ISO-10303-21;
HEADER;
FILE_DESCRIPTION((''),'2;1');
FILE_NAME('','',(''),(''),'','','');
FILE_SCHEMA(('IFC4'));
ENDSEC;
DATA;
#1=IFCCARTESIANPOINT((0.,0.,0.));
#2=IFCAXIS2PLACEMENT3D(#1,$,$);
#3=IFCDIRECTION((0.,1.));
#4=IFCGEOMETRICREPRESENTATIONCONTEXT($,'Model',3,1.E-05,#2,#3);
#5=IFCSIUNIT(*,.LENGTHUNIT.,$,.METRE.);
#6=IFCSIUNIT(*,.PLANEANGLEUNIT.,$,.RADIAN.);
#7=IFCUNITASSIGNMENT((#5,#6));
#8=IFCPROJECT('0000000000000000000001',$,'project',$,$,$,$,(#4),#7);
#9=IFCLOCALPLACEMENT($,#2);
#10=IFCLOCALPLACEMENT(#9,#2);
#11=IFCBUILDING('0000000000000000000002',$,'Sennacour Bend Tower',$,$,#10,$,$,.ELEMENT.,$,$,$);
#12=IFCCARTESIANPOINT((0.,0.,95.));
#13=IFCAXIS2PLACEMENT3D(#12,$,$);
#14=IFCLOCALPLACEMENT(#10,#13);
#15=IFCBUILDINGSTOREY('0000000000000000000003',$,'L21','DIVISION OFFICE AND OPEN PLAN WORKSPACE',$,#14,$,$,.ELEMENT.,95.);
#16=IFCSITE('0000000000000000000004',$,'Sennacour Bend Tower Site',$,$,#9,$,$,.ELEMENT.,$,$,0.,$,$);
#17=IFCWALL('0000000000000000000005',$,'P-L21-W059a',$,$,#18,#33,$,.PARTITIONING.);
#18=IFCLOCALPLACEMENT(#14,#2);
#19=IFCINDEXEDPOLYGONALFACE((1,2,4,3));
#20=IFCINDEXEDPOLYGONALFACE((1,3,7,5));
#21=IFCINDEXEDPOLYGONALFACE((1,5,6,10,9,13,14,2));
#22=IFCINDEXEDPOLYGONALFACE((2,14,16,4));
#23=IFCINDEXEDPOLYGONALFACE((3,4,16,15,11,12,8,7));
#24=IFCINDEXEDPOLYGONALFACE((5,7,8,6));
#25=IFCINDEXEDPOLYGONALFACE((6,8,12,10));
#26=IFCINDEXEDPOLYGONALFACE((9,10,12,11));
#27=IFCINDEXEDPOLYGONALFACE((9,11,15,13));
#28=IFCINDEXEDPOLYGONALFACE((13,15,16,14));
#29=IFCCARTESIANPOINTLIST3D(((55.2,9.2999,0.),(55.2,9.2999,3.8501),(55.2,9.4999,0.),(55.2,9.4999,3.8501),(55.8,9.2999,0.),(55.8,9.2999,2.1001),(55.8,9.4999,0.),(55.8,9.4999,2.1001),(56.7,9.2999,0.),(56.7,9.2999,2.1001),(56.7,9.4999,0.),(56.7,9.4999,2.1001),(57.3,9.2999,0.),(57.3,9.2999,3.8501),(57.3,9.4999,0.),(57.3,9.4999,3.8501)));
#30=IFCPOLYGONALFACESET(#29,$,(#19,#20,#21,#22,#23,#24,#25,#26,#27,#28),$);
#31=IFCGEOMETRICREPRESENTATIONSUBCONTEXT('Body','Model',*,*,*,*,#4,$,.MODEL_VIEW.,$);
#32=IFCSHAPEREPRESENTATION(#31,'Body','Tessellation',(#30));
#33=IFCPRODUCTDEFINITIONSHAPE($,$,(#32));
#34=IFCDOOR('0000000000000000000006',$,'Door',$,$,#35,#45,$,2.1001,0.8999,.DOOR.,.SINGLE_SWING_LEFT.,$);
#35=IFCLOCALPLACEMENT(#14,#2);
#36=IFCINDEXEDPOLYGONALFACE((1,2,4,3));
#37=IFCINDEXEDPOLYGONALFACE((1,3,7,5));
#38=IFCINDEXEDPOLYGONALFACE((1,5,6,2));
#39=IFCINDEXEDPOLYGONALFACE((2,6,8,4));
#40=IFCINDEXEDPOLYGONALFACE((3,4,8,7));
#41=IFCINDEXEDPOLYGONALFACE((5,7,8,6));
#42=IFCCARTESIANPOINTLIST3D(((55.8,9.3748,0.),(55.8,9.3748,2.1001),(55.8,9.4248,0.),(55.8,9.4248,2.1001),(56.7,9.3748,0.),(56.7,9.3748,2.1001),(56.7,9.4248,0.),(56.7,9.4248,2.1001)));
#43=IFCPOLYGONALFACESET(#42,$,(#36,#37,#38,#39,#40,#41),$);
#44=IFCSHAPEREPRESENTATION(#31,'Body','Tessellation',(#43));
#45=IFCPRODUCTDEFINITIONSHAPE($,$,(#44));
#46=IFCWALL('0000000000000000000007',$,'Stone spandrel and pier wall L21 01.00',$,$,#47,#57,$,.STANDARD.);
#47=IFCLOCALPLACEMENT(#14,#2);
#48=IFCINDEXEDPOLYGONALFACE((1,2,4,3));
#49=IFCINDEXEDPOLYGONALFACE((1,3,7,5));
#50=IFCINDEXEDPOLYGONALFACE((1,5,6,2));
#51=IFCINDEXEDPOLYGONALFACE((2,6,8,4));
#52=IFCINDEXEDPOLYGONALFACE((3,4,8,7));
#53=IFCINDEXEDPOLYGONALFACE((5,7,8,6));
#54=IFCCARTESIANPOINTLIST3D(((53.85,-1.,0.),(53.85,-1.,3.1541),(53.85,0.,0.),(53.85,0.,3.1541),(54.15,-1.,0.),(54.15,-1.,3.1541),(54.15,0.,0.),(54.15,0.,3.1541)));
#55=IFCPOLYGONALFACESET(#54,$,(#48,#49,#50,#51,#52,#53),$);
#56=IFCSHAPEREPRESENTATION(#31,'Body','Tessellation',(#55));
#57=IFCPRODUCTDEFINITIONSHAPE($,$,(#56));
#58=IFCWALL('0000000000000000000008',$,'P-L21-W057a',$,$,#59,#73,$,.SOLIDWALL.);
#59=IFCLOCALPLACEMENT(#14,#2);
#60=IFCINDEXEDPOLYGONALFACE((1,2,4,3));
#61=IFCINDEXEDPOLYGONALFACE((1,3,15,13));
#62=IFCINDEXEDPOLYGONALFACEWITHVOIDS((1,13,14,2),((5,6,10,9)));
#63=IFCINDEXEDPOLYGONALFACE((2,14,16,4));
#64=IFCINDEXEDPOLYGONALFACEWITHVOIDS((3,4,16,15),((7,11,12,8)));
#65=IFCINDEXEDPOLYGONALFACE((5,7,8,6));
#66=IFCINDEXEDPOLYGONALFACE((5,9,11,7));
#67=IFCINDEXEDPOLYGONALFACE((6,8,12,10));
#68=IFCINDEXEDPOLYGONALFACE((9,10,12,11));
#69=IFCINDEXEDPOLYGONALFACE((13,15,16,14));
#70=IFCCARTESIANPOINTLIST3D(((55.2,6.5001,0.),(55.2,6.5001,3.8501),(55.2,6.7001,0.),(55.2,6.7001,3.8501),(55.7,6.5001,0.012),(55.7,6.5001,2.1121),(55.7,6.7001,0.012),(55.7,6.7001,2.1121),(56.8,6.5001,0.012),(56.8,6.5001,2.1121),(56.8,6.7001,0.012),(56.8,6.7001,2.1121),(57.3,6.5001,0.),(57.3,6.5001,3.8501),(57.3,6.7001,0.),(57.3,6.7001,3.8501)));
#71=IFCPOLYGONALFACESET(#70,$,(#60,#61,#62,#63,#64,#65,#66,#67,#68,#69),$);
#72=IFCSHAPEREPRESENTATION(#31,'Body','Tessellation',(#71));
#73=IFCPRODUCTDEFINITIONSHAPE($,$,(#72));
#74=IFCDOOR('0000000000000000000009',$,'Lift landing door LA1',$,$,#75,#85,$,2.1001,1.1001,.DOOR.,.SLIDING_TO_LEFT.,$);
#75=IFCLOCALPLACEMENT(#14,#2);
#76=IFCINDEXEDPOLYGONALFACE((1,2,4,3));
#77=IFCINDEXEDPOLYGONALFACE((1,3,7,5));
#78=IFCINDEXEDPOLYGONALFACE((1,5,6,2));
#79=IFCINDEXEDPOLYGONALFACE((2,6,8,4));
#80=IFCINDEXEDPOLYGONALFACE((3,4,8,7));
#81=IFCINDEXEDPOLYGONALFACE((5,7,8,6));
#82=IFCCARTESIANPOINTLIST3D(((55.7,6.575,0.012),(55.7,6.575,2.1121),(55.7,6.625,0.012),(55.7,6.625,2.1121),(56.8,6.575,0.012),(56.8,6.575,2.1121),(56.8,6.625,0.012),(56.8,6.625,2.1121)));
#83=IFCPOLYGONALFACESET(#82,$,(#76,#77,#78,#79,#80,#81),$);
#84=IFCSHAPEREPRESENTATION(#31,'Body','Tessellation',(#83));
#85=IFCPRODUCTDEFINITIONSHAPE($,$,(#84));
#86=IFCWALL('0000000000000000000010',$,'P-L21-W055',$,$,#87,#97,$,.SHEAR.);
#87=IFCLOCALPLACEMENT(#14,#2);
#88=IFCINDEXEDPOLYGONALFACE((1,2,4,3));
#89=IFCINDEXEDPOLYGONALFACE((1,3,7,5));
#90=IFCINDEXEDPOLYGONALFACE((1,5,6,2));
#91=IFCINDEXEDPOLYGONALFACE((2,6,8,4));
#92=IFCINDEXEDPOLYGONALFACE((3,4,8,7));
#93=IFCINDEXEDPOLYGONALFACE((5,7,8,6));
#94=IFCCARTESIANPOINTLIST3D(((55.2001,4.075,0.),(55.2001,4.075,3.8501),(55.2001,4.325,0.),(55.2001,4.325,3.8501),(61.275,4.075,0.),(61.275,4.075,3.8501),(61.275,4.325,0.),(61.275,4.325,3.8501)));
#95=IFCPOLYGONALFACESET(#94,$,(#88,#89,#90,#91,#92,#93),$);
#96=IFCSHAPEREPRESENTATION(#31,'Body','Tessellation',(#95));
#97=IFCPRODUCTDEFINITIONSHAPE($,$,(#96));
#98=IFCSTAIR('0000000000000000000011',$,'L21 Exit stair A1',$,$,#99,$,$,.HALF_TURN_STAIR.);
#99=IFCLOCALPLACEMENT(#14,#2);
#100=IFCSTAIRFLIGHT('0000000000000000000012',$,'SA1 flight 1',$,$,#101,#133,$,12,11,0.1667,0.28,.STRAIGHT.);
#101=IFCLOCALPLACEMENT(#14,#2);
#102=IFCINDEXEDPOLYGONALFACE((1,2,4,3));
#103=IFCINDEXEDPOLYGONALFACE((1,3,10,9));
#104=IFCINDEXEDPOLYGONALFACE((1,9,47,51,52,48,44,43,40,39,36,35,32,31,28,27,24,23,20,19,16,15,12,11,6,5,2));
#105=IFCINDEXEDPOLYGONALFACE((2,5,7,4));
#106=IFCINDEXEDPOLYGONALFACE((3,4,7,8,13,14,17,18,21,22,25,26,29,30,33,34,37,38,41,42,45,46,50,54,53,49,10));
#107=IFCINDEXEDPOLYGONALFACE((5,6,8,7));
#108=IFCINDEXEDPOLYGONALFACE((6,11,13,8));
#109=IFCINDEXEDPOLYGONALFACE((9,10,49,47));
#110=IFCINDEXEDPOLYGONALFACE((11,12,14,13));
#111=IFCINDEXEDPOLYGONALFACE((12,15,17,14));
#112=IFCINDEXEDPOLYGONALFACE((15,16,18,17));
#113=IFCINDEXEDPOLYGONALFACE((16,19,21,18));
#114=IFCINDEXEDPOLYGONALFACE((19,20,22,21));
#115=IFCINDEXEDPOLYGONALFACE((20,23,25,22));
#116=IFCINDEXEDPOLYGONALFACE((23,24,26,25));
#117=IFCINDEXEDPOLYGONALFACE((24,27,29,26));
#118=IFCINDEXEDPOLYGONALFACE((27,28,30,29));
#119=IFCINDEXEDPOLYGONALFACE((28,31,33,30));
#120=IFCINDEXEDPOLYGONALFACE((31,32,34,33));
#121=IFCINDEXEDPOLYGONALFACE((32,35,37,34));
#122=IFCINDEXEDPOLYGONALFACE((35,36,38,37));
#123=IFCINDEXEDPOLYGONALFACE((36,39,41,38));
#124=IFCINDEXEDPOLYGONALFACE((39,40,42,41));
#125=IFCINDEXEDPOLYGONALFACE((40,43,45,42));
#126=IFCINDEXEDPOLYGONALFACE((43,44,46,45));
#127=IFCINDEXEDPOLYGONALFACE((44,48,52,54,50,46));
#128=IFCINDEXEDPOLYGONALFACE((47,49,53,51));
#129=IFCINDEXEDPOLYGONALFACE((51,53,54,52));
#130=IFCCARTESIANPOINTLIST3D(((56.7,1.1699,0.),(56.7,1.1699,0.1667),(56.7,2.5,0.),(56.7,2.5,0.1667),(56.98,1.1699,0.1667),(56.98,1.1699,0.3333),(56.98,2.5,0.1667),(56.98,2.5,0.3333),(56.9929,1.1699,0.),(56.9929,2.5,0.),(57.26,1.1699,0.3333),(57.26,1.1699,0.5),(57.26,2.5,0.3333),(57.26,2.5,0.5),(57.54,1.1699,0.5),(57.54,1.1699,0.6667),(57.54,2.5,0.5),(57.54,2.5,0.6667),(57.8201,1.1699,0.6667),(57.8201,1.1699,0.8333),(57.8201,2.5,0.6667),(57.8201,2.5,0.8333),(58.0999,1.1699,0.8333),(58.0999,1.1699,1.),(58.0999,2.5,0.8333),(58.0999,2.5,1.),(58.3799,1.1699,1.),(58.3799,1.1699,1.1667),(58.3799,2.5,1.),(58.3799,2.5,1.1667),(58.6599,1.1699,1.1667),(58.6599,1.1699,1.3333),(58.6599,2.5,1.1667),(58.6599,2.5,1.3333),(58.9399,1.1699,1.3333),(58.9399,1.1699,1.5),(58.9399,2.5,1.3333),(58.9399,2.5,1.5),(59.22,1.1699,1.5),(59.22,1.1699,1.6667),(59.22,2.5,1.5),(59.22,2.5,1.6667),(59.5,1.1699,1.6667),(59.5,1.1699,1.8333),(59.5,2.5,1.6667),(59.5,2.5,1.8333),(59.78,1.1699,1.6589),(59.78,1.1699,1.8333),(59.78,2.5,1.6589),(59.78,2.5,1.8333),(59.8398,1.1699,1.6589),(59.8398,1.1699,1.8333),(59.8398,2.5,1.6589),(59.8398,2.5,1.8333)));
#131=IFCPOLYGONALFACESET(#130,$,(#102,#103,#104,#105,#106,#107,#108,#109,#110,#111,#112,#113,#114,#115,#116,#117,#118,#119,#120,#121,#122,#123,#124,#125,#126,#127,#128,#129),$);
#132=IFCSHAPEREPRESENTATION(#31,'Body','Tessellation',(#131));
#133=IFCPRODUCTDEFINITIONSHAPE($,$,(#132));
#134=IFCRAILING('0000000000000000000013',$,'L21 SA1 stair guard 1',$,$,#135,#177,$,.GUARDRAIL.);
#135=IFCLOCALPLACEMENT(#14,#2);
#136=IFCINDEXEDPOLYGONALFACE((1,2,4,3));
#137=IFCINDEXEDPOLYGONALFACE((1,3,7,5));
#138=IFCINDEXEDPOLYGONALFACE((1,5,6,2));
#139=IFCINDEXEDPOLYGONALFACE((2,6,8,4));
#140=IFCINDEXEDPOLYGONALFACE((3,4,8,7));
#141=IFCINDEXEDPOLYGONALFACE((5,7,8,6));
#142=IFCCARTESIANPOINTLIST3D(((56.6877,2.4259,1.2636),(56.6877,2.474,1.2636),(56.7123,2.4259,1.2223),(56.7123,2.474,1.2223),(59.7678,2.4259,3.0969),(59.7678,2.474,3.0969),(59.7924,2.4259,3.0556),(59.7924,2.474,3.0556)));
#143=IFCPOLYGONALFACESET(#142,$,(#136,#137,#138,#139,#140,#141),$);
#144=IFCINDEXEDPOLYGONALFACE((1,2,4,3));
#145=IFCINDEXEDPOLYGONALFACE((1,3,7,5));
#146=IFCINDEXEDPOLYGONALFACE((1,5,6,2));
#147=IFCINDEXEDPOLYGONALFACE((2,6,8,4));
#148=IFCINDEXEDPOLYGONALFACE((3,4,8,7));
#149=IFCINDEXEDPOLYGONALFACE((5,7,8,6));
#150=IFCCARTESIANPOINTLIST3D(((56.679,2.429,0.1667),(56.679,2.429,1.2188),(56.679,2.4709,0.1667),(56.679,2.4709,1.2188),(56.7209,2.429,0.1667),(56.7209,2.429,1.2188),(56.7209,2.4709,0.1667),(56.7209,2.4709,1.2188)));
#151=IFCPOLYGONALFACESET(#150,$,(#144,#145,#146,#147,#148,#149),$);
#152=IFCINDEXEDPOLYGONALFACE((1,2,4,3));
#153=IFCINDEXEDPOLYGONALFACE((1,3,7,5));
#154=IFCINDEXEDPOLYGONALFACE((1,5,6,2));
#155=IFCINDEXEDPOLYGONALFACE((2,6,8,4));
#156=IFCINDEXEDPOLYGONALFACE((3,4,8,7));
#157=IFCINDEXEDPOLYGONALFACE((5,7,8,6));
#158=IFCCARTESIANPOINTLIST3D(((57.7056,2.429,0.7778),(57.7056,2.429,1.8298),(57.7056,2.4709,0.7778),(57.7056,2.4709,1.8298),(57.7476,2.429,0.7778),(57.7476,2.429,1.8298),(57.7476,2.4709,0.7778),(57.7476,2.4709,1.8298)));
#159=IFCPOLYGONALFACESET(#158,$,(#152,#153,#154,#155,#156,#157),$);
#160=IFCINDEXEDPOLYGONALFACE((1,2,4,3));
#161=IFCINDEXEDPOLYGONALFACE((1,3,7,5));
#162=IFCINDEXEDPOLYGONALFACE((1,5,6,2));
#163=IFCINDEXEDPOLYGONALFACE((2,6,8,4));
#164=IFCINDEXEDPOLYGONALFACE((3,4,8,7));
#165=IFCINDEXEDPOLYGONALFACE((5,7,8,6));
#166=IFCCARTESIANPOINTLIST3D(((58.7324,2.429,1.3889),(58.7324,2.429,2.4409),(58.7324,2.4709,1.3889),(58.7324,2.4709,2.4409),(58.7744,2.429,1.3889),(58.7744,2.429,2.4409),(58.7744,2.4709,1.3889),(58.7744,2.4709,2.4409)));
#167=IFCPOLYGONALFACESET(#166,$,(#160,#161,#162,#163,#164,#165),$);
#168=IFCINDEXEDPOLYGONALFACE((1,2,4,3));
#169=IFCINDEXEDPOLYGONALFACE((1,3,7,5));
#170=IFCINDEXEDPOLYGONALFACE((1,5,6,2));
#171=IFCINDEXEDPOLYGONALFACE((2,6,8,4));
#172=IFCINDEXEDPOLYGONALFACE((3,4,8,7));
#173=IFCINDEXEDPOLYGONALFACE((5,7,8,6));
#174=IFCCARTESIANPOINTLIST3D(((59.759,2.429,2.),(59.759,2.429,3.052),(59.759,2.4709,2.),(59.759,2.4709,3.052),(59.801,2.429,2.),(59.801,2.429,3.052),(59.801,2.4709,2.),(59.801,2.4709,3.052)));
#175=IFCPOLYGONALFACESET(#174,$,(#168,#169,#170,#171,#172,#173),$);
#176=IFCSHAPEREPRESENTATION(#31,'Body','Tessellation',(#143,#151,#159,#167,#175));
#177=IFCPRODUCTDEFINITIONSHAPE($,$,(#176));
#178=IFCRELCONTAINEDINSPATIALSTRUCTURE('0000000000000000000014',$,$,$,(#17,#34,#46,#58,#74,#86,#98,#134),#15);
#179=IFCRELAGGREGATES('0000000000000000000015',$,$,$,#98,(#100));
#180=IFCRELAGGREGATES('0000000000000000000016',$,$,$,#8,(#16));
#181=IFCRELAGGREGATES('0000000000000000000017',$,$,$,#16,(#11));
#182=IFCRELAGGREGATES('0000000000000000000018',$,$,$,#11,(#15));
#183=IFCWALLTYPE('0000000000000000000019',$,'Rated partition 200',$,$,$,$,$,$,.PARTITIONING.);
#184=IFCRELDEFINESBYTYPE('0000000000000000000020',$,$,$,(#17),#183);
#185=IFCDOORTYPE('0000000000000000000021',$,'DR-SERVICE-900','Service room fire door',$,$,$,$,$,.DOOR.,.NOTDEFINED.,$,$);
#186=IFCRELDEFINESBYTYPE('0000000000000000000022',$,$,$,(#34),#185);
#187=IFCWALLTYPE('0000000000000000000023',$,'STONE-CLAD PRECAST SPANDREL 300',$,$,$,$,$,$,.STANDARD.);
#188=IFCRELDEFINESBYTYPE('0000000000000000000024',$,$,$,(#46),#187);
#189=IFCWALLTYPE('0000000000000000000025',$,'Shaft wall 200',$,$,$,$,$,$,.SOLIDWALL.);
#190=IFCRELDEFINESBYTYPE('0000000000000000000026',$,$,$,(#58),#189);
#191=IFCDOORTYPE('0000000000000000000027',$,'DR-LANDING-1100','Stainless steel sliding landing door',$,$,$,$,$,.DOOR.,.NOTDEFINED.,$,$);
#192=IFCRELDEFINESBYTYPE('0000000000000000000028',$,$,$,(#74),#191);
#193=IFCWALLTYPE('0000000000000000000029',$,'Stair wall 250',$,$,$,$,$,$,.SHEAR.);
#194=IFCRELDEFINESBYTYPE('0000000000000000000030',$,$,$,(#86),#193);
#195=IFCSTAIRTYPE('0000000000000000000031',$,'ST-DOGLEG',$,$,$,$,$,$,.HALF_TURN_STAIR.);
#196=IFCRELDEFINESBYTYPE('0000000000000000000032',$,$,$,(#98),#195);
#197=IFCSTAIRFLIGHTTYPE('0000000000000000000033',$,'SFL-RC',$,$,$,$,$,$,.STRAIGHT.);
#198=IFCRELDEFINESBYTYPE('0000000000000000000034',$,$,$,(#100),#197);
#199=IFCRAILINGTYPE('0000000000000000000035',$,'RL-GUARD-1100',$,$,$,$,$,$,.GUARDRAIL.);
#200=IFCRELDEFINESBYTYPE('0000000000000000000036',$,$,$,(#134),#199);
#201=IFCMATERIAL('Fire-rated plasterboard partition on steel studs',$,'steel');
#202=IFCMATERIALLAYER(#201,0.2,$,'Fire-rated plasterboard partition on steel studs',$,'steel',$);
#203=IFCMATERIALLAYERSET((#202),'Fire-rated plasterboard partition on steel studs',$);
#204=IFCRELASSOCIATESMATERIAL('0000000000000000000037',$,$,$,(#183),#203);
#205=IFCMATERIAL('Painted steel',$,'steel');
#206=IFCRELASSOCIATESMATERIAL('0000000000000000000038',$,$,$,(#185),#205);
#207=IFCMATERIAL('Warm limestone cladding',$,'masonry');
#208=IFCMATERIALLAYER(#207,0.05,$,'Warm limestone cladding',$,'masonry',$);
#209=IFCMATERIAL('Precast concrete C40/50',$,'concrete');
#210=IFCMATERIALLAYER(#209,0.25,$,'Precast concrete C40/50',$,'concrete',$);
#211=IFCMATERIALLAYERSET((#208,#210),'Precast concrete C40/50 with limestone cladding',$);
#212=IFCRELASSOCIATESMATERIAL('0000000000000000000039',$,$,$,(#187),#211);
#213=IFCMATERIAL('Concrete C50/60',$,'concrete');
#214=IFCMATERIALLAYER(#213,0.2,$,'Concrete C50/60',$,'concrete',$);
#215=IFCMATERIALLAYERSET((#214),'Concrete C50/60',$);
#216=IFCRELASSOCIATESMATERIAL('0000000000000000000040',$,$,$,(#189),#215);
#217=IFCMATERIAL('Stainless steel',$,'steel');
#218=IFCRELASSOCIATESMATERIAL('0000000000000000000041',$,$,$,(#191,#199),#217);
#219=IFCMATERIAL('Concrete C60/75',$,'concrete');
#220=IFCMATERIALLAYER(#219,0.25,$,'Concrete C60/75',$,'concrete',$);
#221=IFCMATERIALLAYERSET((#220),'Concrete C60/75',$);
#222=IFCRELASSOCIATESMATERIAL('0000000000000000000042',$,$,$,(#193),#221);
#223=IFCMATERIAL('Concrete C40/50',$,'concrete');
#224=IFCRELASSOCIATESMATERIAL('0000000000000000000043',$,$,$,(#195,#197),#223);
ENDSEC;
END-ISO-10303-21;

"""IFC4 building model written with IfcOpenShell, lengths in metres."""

from ifc_helpers import new_model, si_unit, direction, frame, frame_2d, origin, origin_2d, place, context, subcontext, project, spatial, polyline, rectangle, outline, extrude, material, layer, layer_set, type_object, element, fill, aggregate, save


model = new_model("IFC4")

# Units and contexts
model_context = context("Model", 3, precision=1e-05, world=origin(), true_north=direction((0.0, 1.0)))
body_context = subcontext(model_context, "Body", "Model", "MODEL_VIEW")
ifc_project = project(units=[si_unit("LENGTHUNIT", "METRE"), si_unit("PLANEANGLEUNIT", "RADIAN")], contexts=[model_context])

# Site, building, storey
site_placement = place(None, origin())
site = spatial("IfcSite", under=ifc_project, at=site_placement, Name="Sennacour Bend Tower Site", CompositionType="ELEMENT", RefElevation=0.0)
building_placement = place(site_placement, origin())
building = spatial("IfcBuilding", under=site, at=building_placement, Name="Sennacour Bend Tower", CompositionType="ELEMENT")
storey_placement = place(building_placement, frame((0.0, 0.0, 95.0)))
storey = spatial("IfcBuildingStorey", under=building, at=storey_placement, Name="L21", Description="DIVISION OFFICE AND OPEN PLAN WORKSPACE", CompositionType="ELEMENT", Elevation=95.0)

# Shared definitions
ifc_material_1 = material(Name="Painted steel", Category="steel")

# Wall, opening, door
ifc_material_2 = material(Name="Fire-rated plasterboard partition on steel studs", Category="steel")
ifc_layer_1 = layer(ifc_material_2, 0.2, Name="Fire-rated plasterboard partition on steel studs", Category="steel")
ifc_layer_set_1 = layer_set([ifc_layer_1], Name="Fire-rated plasterboard partition on steel studs")
wall_type_1 = type_object("IfcWallType", Name="Rated partition 200", PredefinedType="PARTITIONING", material=ifc_layer_set_1)
wall_1_placement = place(storey_placement, frame((55.2, 9.3999, 0.0), z_axis=(0.0, 0.0, 1.0), x_axis=(1.0, 0.0, 0.0)))
wall_1 = element("IfcWall", 1, at=wall_1_placement, inside=storey, type_object=wall_type_1, Name="P-L21-W059a", PredefinedType="PARTITIONING", context=body_context, shape_type="SweptSolid", body=[
    extrude(rectangle(XDim=2.1001, YDim=0.2, at=frame_2d((1.05, 0.0))), origin(), (0.0, 0.0, 1.0), 3.8501),
])
opening_1_placement = place(wall_1_placement, frame((0.6001, 0.0, 0.0)))
opening_1 = element("IfcOpeningElement", 2, at=opening_1_placement, cuts=wall_1, PredefinedType="OPENING", context=body_context, shape_type="SweptSolid", body=[
    extrude(rectangle(XDim=0.8999, YDim=2.1001, at=frame_2d((0.45, 1.05))), frame((0.0, 0.1099, 0.0), z_axis=(0.0, -1.0, 0.0), x_axis=(1.0, 0.0, 0.0)), (0.0, 0.0, 1.0), 0.22),
])
door_type_1 = type_object("IfcDoorType", Name="DR-SERVICE-900", Description="Service room fire door", OperationType="NOTDEFINED", PredefinedType="DOOR", material=ifc_material_1)
door_1_placement = place(opening_1_placement, origin())
door_1 = element("IfcDoor", 3, at=door_1_placement, inside=storey, type_object=door_type_1, Name="Door", OperationType="SINGLE_SWING_LEFT", OverallHeight=2.1001, OverallWidth=0.8999, PredefinedType="DOOR", context=body_context, shape_type="SweptSolid", body=[
    extrude(rectangle(XDim=0.8999, YDim=2.1001, at=frame_2d((0.45, 1.05))), frame((0.0, 0.0249, 0.0), z_axis=(0.0, -1.0, 0.0), x_axis=(1.0, 0.0, 0.0)), (0.0, 0.0, 1.0), 0.05),
])
fill(opening_1, door_1)

# Wall
ifc_material_3 = material(Name="Warm limestone cladding", Category="masonry")
ifc_layer_2 = layer(ifc_material_3, 0.05, Name="Warm limestone cladding", Category="masonry")
ifc_material_4 = material(Name="Precast concrete C40/50", Category="concrete")
ifc_layer_3 = layer(ifc_material_4, 0.25, Name="Precast concrete C40/50", Category="concrete")
ifc_layer_set_2 = layer_set([ifc_layer_2, ifc_layer_3], Name="Precast concrete C40/50 with limestone cladding")
wall_type_2 = type_object("IfcWallType", Name="STONE-CLAD PRECAST SPANDREL 300", PredefinedType="STANDARD", material=ifc_layer_set_2)
wall_2_placement = place(storey_placement, frame((54.0, -1.0, 0.0), z_axis=(0.0, 0.0, 1.0), x_axis=(0.0, 1.0, 0.0)))
element("IfcWall", 4, at=wall_2_placement, inside=storey, type_object=wall_type_2, Name="Stone spandrel and pier wall L21 01.00", PredefinedType="STANDARD", context=body_context, shape_type="SweptSolid", body=[
    extrude(rectangle(XDim=1.0, YDim=0.3, at=frame_2d((0.5, 0.0))), origin(), (0.0, 0.0, 1.0), 3.1541),
])

# Wall, opening, door
ifc_material_5 = material(Name="Concrete C50/60", Category="concrete")
ifc_layer_4 = layer(ifc_material_5, 0.2, Name="Concrete C50/60", Category="concrete")
ifc_layer_set_3 = layer_set([ifc_layer_4], Name="Concrete C50/60")
wall_type_3 = type_object("IfcWallType", Name="Shaft wall 200", PredefinedType="SOLIDWALL", material=ifc_layer_set_3)
wall_3_placement = place(storey_placement, frame((55.2, 6.6001, 0.0), z_axis=(0.0, 0.0, 1.0), x_axis=(1.0, 0.0, 0.0)))
wall_3 = element("IfcWall", 5, at=wall_3_placement, inside=storey, type_object=wall_type_3, Name="P-L21-W057a", PredefinedType="SOLIDWALL", context=body_context, shape_type="SweptSolid", body=[
    extrude(rectangle(XDim=2.1001, YDim=0.2, at=frame_2d((1.05, 0.0))), origin(), (0.0, 0.0, 1.0), 3.8501),
])
opening_2_placement = place(wall_3_placement, frame((0.5, 0.0, 0.012)))
opening_2 = element("IfcOpeningElement", 6, at=opening_2_placement, cuts=wall_3, PredefinedType="OPENING", context=body_context, shape_type="SweptSolid", body=[
    extrude(rectangle(XDim=1.1001, YDim=2.1001, at=frame_2d((0.55, 1.05))), frame((0.0, 0.1099, 0.0), z_axis=(0.0, -1.0, 0.0), x_axis=(1.0, 0.0, 0.0)), (0.0, 0.0, 1.0), 0.22),
])
ifc_material_6 = material(Name="Stainless steel", Category="steel")
door_type_2 = type_object("IfcDoorType", Name="DR-LANDING-1100", Description="Stainless steel sliding landing door", OperationType="NOTDEFINED", PredefinedType="DOOR", material=ifc_material_6)
door_2_placement = place(opening_2_placement, origin())
door_2 = element("IfcDoor", 7, at=door_2_placement, inside=storey, type_object=door_type_2, Name="Lift landing door LA1", OperationType="SLIDING_TO_LEFT", OverallHeight=2.1001, OverallWidth=1.1001, PredefinedType="DOOR", context=body_context, shape_type="SweptSolid", body=[
    extrude(rectangle(XDim=1.1001, YDim=2.1001, at=frame_2d((0.55, 1.05))), frame((0.0, 0.0249, 0.0), z_axis=(0.0, -1.0, 0.0), x_axis=(1.0, 0.0, 0.0)), (0.0, 0.0, 1.0), 0.05),
])
fill(opening_2, door_2)

# Wall
ifc_material_7 = material(Name="Concrete C60/75", Category="concrete")
ifc_layer_5 = layer(ifc_material_7, 0.25, Name="Concrete C60/75", Category="concrete")
ifc_layer_set_4 = layer_set([ifc_layer_5], Name="Concrete C60/75")
wall_type_4 = type_object("IfcWallType", Name="Stair wall 250", PredefinedType="SHEAR", material=ifc_layer_set_4)
wall_4_placement = place(storey_placement, frame((55.2, 4.2, 0.0), z_axis=(0.0, 0.0, 1.0), x_axis=(1.0, 0.0, 0.0)))
element("IfcWall", 8, at=wall_4_placement, inside=storey, type_object=wall_type_4, Name="P-L21-W055", PredefinedType="SHEAR", context=body_context, shape_type="SweptSolid", body=[
    extrude(rectangle(XDim=6.075, YDim=0.25, at=frame_2d((3.0376, 0.0))), origin(), (0.0, 0.0, 1.0), 3.8501),
])

# Stair, stair flight
ifc_material_8 = material(Name="Concrete C40/50", Category="concrete")
stair_type = type_object("IfcStairType", Name="ST-DOGLEG", PredefinedType="HALF_TURN_STAIR", material=ifc_material_8)
stair_placement = place(storey_placement, origin())
stair = element("IfcStair", 9, at=stair_placement, inside=storey, type_object=stair_type, Name="L21 Exit stair A1", PredefinedType="HALF_TURN_STAIR")
stair_flight_type = type_object("IfcStairFlightType", Name="SFL-RC", PredefinedType="STRAIGHT", material=ifc_material_8)
stair_flight_placement = place(storey_placement, frame((56.7, 1.835, 0.0), z_axis=(0.0, 0.0, 1.0), x_axis=(1.0, 0.0, 0.0)))
stair_flight = element("IfcStairFlight", 10, at=stair_flight_placement, type_object=stair_flight_type, Name="SA1 flight 1", NumberOfRisers=12, NumberOfTreads=11, PredefinedType="STRAIGHT", RiserHeight=0.1667, TreadLength=0.28, context=body_context, shape_type="SweptSolid", body=[
    extrude(outline(polyline([(0.0, 0.0), (0.0, 0.1667), (0.28, 0.1667), (0.28, 0.3333), (0.5601, 0.3333), (0.5601, 0.5), (0.8401, 0.5), (0.8401, 0.6667), (1.1201, 0.6667), (1.1201, 0.8333), (1.3999, 0.8333), (1.3999, 1.0), (1.6799, 1.0), (1.6799, 1.1667), (1.96, 1.1667), (1.96, 1.3333), (2.24, 1.3333), (2.24, 1.5), (2.52, 1.5), (2.52, 1.6667), (2.8, 1.6667), (2.8, 1.8333), (3.0801, 1.8333), (3.1399, 1.8333), (3.1399, 1.6589), (3.0801, 1.6589), (0.293, 0.0), (0.0, 0.0)])), frame((0.0, 0.665, 0.0), z_axis=(0.0, -1.0, 0.0), x_axis=(1.0, 0.0, 0.0)), (0.0, 0.0, 1.0), 1.3301),
])
aggregate(stair, [stair_flight])

# Railing
railing_type_1 = type_object("IfcRailingType", Name="RL-GUARD-1100", PredefinedType="GUARDRAIL", material=ifc_material_6)
railing_1_placement = place(storey_placement, frame((56.7, 2.45, 0.1667)))
element("IfcRailing", 11, at=railing_1_placement, inside=storey, type_object=railing_type_1, Name="L21 SA1 stair guard 1", PredefinedType="GUARDRAIL", context=body_context, shape_type="SweptSolid", body=[
    extrude(rectangle(XDim=0.0481, YDim=0.0481, at=origin_2d()), frame((0.0, 0.0, 1.0762), z_axis=(0.859309, 0.0, 0.511458), x_axis=(0.0, 1.0, 0.0)), (0.0, 0.0, 1.0), 3.5845),
    extrude(rectangle(XDim=0.042, YDim=0.042, at=origin_2d()), origin(), (0.0, 0.0, 1.0), 1.052),
    extrude(rectangle(XDim=0.042, YDim=0.042, at=origin_2d()), frame((1.0266, 0.0, 0.6111)), (0.0, 0.0, 1.0), 1.052),
    extrude(rectangle(XDim=0.042, YDim=0.042, at=origin_2d()), frame((2.0535, 0.0, 1.2222)), (0.0, 0.0, 1.0), 1.052),
    extrude(rectangle(XDim=0.042, YDim=0.042, at=origin_2d()), frame((3.0801, 0.0, 1.8333)), (0.0, 0.0, 1.0), 1.052),
])

save(model, "model.ifc")
